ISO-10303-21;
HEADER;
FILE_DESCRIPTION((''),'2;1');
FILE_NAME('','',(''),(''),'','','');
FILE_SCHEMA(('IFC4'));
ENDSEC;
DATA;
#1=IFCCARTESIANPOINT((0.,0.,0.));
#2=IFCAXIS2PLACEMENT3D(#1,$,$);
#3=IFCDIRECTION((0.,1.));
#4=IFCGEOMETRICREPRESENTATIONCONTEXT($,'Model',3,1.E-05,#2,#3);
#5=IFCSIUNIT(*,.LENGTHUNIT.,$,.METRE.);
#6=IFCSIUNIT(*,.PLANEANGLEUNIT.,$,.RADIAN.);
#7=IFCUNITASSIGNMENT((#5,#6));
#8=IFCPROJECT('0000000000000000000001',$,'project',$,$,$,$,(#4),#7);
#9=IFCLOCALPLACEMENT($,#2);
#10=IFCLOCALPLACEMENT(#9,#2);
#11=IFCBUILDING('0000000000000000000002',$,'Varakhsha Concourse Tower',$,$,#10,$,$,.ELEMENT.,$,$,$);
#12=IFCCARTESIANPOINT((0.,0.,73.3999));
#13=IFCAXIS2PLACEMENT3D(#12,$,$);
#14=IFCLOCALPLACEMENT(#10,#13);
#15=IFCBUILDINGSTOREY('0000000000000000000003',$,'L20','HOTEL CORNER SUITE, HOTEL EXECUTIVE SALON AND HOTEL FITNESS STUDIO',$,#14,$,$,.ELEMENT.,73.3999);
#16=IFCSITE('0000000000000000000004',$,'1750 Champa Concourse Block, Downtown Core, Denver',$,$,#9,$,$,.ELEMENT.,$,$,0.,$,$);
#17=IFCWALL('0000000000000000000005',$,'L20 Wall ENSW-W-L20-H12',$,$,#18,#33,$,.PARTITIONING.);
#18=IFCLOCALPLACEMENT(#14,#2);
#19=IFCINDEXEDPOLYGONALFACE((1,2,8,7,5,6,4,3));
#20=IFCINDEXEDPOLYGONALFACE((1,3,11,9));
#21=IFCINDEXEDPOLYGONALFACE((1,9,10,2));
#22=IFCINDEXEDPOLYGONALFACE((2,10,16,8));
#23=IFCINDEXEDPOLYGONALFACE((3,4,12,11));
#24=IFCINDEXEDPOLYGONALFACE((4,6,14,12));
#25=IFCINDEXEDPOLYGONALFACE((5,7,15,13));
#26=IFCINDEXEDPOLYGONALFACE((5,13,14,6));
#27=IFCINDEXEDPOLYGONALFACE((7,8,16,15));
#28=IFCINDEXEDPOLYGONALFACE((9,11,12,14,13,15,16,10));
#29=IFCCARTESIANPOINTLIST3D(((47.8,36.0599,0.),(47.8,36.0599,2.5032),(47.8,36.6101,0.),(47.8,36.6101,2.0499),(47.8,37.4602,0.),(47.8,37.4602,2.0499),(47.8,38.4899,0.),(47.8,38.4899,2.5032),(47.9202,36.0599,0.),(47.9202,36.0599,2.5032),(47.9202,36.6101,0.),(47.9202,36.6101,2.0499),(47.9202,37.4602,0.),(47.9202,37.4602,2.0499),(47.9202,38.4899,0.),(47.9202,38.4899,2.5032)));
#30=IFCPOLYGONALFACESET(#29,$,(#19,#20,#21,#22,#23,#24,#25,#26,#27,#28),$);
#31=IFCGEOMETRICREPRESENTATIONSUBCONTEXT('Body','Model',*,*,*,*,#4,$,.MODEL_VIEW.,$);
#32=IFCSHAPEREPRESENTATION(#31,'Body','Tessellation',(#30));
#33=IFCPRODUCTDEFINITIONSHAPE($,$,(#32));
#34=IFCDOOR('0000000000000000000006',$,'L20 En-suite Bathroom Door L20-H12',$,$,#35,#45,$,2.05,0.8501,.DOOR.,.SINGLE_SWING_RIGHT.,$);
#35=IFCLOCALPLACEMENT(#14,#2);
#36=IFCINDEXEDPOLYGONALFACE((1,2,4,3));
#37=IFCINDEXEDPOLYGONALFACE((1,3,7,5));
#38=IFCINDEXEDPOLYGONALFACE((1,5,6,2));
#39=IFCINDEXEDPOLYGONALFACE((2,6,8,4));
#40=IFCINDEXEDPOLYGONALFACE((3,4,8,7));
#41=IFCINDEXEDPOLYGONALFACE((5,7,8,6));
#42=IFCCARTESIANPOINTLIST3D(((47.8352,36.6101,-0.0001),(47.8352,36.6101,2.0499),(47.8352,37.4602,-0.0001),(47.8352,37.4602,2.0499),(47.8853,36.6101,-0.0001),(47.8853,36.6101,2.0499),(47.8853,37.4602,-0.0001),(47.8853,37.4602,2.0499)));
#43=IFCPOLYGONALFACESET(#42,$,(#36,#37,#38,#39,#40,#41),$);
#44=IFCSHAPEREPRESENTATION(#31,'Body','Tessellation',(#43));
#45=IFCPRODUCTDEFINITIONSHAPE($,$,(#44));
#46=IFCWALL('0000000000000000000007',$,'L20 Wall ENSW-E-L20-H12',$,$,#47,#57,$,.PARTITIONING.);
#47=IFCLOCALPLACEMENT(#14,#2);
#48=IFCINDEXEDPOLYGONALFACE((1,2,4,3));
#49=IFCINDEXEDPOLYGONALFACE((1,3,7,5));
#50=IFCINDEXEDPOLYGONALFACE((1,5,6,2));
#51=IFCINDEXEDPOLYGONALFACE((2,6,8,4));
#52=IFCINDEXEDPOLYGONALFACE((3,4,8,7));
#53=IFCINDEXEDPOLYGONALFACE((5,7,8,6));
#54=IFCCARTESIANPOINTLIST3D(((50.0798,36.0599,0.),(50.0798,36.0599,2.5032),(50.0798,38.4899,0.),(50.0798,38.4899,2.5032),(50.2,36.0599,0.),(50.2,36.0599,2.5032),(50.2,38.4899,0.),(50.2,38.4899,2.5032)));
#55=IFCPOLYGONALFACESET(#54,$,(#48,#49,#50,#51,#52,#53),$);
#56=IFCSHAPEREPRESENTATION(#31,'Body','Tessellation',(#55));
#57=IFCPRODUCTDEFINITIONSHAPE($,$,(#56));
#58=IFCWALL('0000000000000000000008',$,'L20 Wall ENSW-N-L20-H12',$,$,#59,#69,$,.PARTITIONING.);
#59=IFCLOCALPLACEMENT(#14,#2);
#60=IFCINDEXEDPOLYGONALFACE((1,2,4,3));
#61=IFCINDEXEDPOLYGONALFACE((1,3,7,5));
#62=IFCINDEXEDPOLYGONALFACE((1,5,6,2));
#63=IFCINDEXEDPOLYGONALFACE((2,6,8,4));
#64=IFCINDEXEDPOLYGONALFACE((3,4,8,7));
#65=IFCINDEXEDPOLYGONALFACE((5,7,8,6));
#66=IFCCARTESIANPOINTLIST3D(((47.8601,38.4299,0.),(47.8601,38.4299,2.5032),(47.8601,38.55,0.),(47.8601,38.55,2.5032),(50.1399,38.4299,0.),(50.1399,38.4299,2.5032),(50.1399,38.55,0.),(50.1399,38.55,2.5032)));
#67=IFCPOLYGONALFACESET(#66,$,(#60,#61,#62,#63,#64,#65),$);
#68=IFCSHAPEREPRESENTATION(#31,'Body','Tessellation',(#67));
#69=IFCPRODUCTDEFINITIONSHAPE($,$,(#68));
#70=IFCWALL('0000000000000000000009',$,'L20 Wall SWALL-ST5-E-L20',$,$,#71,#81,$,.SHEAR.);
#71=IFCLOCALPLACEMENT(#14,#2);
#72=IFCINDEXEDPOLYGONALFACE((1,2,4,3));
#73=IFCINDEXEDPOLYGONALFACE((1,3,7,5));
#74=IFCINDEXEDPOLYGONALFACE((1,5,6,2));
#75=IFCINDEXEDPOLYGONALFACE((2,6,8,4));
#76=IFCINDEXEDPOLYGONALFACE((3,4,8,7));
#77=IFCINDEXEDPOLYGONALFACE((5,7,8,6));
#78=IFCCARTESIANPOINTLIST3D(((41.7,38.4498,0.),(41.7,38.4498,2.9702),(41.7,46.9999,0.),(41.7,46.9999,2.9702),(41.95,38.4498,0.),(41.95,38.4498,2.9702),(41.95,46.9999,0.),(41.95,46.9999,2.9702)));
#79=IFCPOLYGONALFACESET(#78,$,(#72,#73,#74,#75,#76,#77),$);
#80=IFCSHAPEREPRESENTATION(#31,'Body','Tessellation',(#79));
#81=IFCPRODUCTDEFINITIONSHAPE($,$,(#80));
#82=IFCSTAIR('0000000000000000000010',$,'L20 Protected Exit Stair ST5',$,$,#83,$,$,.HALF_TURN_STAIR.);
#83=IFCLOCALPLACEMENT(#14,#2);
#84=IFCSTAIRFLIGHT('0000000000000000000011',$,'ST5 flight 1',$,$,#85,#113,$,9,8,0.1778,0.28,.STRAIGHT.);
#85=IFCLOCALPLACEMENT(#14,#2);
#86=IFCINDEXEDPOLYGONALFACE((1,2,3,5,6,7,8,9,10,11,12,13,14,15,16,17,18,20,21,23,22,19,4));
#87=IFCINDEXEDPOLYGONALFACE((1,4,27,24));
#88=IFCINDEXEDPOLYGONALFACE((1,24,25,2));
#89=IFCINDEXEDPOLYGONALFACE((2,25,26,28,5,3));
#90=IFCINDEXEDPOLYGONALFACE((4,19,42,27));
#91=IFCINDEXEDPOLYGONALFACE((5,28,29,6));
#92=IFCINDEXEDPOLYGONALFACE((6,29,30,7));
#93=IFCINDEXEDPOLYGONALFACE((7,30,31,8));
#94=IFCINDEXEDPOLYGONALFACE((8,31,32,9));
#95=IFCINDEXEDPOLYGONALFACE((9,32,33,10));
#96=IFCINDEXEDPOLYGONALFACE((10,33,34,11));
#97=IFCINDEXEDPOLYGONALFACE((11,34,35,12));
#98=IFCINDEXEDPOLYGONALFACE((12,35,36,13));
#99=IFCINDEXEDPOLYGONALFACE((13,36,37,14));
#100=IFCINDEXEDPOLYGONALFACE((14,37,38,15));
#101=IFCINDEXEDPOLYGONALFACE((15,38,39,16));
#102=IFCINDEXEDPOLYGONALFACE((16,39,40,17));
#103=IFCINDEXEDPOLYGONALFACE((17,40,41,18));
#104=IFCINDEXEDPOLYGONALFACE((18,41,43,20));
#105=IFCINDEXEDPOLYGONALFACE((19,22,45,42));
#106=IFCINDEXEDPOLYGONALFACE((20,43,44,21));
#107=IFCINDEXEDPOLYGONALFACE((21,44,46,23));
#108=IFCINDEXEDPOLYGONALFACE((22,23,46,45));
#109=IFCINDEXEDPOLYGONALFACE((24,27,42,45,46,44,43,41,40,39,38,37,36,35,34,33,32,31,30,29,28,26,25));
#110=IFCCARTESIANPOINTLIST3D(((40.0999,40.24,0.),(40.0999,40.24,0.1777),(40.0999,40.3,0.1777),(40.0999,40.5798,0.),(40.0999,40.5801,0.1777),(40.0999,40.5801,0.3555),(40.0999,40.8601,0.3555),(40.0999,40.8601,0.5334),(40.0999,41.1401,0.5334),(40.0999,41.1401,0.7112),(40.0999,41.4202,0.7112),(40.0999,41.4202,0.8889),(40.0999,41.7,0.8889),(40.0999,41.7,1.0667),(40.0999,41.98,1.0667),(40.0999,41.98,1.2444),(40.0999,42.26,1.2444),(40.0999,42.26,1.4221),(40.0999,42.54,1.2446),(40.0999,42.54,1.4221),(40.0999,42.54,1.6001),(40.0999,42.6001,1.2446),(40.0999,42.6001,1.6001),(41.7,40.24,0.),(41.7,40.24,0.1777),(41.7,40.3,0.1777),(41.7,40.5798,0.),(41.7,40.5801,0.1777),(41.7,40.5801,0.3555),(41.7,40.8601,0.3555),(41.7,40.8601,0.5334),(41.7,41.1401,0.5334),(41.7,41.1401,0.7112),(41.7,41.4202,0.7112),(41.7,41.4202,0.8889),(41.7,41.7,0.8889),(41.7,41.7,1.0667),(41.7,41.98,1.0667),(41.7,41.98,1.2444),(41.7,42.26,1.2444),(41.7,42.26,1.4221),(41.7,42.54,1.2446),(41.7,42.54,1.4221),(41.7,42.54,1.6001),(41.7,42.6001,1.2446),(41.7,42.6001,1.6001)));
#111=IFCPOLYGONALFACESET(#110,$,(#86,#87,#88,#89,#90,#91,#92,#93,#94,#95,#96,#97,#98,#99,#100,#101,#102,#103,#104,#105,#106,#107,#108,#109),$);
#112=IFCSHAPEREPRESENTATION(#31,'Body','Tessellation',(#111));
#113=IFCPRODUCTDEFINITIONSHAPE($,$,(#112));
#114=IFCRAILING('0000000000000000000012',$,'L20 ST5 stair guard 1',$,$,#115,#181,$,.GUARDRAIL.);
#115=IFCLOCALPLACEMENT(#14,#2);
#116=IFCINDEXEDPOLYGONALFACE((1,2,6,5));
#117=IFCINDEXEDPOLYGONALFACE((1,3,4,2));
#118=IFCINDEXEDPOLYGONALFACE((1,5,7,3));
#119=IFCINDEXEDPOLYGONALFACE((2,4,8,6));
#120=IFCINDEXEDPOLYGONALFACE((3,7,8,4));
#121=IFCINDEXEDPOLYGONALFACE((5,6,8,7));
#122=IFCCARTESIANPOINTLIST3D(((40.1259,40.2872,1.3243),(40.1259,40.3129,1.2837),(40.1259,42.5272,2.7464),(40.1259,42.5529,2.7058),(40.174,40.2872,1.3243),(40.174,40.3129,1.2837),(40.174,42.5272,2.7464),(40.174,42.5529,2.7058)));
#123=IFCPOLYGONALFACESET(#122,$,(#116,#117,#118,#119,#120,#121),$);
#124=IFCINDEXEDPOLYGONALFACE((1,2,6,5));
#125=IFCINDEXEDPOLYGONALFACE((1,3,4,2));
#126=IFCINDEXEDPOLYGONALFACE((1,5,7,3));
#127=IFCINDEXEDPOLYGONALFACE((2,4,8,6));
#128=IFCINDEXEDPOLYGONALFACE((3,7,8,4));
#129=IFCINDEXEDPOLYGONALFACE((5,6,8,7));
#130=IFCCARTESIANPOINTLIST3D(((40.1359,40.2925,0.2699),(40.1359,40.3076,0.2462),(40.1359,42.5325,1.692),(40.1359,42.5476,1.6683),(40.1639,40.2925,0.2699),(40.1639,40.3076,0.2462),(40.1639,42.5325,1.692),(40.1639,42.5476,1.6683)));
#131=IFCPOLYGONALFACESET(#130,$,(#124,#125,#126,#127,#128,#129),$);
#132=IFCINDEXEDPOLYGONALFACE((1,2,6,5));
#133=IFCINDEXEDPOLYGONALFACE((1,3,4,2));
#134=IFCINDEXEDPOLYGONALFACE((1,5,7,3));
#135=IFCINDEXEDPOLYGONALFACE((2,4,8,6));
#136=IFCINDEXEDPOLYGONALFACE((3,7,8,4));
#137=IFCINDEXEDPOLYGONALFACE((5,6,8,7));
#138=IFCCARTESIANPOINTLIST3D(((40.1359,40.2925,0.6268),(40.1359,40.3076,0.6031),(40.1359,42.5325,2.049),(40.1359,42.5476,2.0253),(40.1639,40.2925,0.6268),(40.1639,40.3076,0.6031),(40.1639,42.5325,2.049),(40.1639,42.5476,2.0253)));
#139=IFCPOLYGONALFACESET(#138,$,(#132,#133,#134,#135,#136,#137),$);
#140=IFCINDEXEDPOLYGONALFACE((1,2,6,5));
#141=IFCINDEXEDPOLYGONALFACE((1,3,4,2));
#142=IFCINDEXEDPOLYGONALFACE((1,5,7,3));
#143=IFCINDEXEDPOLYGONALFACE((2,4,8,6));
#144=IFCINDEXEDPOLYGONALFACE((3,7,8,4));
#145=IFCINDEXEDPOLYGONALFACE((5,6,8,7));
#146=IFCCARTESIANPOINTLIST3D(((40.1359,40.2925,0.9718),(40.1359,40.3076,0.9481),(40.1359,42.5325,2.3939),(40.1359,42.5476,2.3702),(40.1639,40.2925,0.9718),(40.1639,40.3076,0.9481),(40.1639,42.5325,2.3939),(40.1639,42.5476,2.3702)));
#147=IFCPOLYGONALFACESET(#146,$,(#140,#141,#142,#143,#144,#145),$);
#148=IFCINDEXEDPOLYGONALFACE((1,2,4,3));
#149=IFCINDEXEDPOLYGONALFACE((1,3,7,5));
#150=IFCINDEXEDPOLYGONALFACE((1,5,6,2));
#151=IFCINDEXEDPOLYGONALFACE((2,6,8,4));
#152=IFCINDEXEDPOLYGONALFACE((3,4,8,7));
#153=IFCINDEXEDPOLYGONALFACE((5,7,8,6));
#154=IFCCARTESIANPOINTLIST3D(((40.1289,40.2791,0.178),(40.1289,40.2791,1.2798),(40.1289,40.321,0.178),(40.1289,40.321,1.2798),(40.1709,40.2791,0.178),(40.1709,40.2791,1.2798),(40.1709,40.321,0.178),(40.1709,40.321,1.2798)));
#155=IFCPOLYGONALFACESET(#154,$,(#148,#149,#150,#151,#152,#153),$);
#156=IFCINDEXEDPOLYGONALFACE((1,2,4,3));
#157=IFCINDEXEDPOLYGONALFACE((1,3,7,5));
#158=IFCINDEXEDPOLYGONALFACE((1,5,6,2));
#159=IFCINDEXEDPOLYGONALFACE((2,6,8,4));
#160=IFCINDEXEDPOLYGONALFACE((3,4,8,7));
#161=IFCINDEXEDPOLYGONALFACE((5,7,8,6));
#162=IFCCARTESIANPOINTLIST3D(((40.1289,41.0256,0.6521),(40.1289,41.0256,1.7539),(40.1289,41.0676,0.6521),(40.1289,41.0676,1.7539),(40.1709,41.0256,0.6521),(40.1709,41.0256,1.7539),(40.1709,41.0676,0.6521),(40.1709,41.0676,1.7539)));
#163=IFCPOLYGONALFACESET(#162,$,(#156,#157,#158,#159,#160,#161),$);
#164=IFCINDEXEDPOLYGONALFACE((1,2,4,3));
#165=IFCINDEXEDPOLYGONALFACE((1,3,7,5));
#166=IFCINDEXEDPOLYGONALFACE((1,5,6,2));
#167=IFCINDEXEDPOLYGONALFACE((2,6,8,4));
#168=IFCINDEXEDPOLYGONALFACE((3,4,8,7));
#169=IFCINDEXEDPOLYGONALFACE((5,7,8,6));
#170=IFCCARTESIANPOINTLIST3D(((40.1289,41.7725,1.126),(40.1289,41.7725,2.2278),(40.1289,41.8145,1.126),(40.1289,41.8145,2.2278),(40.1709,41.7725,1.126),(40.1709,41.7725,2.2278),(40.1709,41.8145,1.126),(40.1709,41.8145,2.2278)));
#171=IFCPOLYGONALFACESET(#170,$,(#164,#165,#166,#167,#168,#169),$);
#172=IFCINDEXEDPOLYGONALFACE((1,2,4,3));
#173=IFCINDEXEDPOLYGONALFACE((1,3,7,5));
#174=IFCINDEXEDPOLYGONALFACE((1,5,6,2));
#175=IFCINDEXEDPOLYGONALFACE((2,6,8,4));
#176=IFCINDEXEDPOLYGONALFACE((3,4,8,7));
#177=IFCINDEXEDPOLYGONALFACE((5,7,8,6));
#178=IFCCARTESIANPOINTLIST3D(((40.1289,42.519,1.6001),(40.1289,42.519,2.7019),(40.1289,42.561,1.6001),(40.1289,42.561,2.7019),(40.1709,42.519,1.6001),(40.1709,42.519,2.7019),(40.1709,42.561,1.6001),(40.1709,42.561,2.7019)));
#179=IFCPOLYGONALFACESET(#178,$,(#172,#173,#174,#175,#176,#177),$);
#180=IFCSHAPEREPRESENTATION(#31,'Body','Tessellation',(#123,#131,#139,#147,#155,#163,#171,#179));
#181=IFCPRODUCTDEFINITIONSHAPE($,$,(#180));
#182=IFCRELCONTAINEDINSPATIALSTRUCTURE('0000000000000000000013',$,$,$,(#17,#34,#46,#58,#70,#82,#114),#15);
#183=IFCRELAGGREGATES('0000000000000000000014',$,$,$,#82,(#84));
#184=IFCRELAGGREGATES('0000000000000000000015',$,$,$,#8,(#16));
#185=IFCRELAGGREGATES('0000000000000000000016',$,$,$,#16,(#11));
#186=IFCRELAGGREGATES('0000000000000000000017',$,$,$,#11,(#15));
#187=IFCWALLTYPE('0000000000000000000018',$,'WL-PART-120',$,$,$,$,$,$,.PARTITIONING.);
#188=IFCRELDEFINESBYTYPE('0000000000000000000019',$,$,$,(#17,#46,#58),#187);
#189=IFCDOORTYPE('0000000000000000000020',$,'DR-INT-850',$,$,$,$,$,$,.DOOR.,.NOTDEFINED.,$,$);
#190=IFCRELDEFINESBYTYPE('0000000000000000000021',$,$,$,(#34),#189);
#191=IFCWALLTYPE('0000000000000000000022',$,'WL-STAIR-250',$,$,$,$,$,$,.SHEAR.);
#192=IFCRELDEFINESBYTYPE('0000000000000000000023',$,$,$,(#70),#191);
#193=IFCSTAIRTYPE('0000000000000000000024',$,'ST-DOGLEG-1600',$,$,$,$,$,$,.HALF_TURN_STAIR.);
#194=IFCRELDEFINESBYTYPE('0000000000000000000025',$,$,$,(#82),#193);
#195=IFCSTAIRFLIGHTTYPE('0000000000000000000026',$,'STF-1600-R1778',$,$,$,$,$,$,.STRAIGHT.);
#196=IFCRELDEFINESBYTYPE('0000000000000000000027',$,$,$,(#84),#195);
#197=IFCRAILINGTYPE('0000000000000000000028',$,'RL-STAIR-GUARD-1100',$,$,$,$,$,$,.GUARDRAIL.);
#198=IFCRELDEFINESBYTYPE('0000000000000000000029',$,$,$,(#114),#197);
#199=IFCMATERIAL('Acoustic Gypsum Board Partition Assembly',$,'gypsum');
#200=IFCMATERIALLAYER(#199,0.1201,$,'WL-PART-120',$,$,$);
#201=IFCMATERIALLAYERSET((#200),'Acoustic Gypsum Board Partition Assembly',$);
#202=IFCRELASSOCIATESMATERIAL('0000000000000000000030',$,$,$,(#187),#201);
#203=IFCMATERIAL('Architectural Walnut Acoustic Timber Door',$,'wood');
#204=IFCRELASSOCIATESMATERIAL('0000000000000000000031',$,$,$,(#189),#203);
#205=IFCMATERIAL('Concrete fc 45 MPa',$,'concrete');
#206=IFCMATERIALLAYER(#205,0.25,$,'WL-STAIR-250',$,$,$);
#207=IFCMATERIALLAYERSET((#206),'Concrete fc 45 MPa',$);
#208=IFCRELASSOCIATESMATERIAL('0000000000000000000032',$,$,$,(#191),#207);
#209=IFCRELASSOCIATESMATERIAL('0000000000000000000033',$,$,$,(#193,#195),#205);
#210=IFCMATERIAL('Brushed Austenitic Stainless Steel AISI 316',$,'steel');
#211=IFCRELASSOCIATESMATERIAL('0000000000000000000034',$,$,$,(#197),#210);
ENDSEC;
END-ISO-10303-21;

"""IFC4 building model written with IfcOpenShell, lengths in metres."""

from ifc_helpers import new_model, si_unit, direction, frame, frame_2d, origin, origin_2d, place, context, subcontext, project, spatial, polyline, rectangle, outline, extrude, material, layer, layer_set, type_object, element, fill, aggregate, save


model = new_model("IFC4")

# Units and contexts
model_context = context("Model", 3, precision=1e-05, world=origin(), true_north=direction((0.0, 1.0)))
body_context = subcontext(model_context, "Body", "Model", "MODEL_VIEW")
ifc_project = project(units=[si_unit("LENGTHUNIT", "METRE"), si_unit("PLANEANGLEUNIT", "RADIAN")], contexts=[model_context])

# Site, building, storey
site_placement = place(None, origin())
site = spatial("IfcSite", under=ifc_project, at=site_placement, Name="1750 Champa Concourse Block, Downtown Core, Denver", CompositionType="ELEMENT", RefElevation=0.0)
building_placement = place(site_placement, origin())
building = spatial("IfcBuilding", under=site, at=building_placement, Name="Varakhsha Concourse Tower", CompositionType="ELEMENT")
storey_placement = place(building_placement, frame((0.0, 0.0, 73.3999)))
storey = spatial("IfcBuildingStorey", under=building, at=storey_placement, Name="L20", Description="HOTEL CORNER SUITE, HOTEL EXECUTIVE SALON AND HOTEL FITNESS STUDIO", CompositionType="ELEMENT", Elevation=73.3999)

# Wall, opening, door
ifc_material_1 = material(Name="Acoustic Gypsum Board Partition Assembly", Category="gypsum")
ifc_layer_1 = layer(ifc_material_1, 0.1201, Name="WL-PART-120")
ifc_layer_set_1 = layer_set([ifc_layer_1], Name="Acoustic Gypsum Board Partition Assembly")
wall_type_1 = type_object("IfcWallType", Name="WL-PART-120", PredefinedType="PARTITIONING", material=ifc_layer_set_1)
ifc_material_2 = material(Name="Architectural Walnut Acoustic Timber Door", Category="wood")
door_type = type_object("IfcDoorType", Name="DR-INT-850", OperationType="NOTDEFINED", PredefinedType="DOOR", material=ifc_material_2)
wall_1_placement = place(storey_placement, frame((47.8601, 36.0601, 0.0), z_axis=(0.0, 0.0, 1.0), x_axis=(0.0, 1.0, 0.0)))
wall_1 = element("IfcWall", 1, at=wall_1_placement, inside=storey, type_object=wall_type_1, Name="L20 Wall ENSW-W-L20-H12", PredefinedType="PARTITIONING", context=body_context, shape_type="SweptSolid", body=[
    extrude(rectangle(XDim=2.4299, YDim=0.1201, at=frame_2d((1.2148, 0.0))), origin(), (0.0, 0.0, 1.0), 2.5032),
])
opening_1_placement = place(wall_1_placement, frame((0.55, 0.0, 0.0)))
opening_1 = element("IfcOpeningElement", 2, at=opening_1_placement, cuts=wall_1, PredefinedType="OPENING", context=body_context, shape_type="SweptSolid", body=[
    extrude(rectangle(XDim=0.8501, YDim=2.05, at=frame_2d((0.425, 1.0249))), frame((0.0, 0.0701, 0.0), z_axis=(0.0, -1.0, 0.0), x_axis=(1.0, 0.0, 0.0)), (0.0, 0.0, 1.0), 0.1401),
])
door_1_placement = place(opening_1_placement, origin())
door_1 = element("IfcDoor", 3, at=door_1_placement, inside=storey, type_object=door_type, Name="L20 En-suite Bathroom Door L20-H12", OperationType="SINGLE_SWING_RIGHT", OverallHeight=2.05, OverallWidth=0.8501, PredefinedType="DOOR", context=body_context, shape_type="SweptSolid", body=[
    extrude(rectangle(XDim=0.8501, YDim=2.05, at=frame_2d((0.425, 1.0249))), frame((0.0, 0.0249, 0.0), z_axis=(0.0, -1.0, 0.0), x_axis=(1.0, 0.0, 0.0)), (0.0, 0.0, 1.0), 0.05),
])
fill(opening_1, door_1)

# Walls
wall_2_placement = place(storey_placement, frame((50.1399, 36.0601, 0.0), z_axis=(0.0, 0.0, 1.0), x_axis=(0.0, 1.0, 0.0)))
element("IfcWall", 4, at=wall_2_placement, inside=storey, type_object=wall_type_1, Name="L20 Wall ENSW-E-L20-H12", PredefinedType="PARTITIONING", context=body_context, shape_type="SweptSolid", body=[
    extrude(rectangle(XDim=2.4299, YDim=0.1201, at=frame_2d((1.2148, 0.0))), origin(), (0.0, 0.0, 1.0), 2.5032),
])
wall_3_placement = place(storey_placement, frame((47.8601, 38.49, 0.0), z_axis=(0.0, 0.0, 1.0), x_axis=(1.0, 0.0, 0.0)))
element("IfcWall", 5, at=wall_3_placement, inside=storey, type_object=wall_type_1, Name="L20 Wall ENSW-N-L20-H12", PredefinedType="PARTITIONING", context=body_context, shape_type="SweptSolid", body=[
    extrude(rectangle(XDim=2.2798, YDim=0.1201, at=frame_2d((1.1399, 0.0))), origin(), (0.0, 0.0, 1.0), 2.5032),
])
ifc_material_3 = material(Name="Concrete fc 45 MPa", Category="concrete")
ifc_layer_2 = layer(ifc_material_3, 0.25, Name="WL-STAIR-250")
ifc_layer_set_2 = layer_set([ifc_layer_2], Name="Concrete fc 45 MPa")
wall_type_2 = type_object("IfcWallType", Name="WL-STAIR-250", PredefinedType="SHEAR", material=ifc_layer_set_2)
wall_4_placement = place(storey_placement, frame((41.825, 38.45, 0.0), z_axis=(0.0, 0.0, 1.0), x_axis=(0.0, 1.0, 0.0)))
element("IfcWall", 6, at=wall_4_placement, inside=storey, type_object=wall_type_2, Name="L20 Wall SWALL-ST5-E-L20", PredefinedType="SHEAR", context=body_context, shape_type="SweptSolid", body=[
    extrude(rectangle(XDim=8.55, YDim=0.25, at=frame_2d((4.2749, 0.0))), origin(), (0.0, 0.0, 1.0), 2.9702),
])

# Stair, stair flight
stair_type = type_object("IfcStairType", Name="ST-DOGLEG-1600", PredefinedType="HALF_TURN_STAIR", material=ifc_material_3)
stair_placement = place(storey_placement, origin())
stair = element("IfcStair", 7, at=stair_placement, inside=storey, type_object=stair_type, Name="L20 Protected Exit Stair ST5", PredefinedType="HALF_TURN_STAIR")
stair_flight_type = type_object("IfcStairFlightType", Name="STF-1600-R1778", PredefinedType="STRAIGHT", material=ifc_material_3)
stair_flight_placement = place(storey_placement, frame((40.8999, 40.3, 0.0), z_axis=(0.0, 0.0, 1.0), x_axis=(0.0, 1.0, 0.0)))
stair_flight = element("IfcStairFlight", 8, at=stair_flight_placement, type_object=stair_flight_type, Name="ST5 flight 1", NumberOfRisers=9, NumberOfTreads=8, PredefinedType="STRAIGHT", RiserHeight=0.1778, TreadLength=0.28, context=body_context, shape_type="SweptSolid", body=[
    extrude(outline(polyline([(-0.0601, 0.0), (-0.0601, 0.1777), (0.0, 0.1777), (0.28, 0.1777), (0.28, 0.3555), (0.5601, 0.3555), (0.5601, 0.5334), (0.8401, 0.5334), (0.8401, 0.7112), (1.1201, 0.7112), (1.1201, 0.8889), (1.3999, 0.8889), (1.3999, 1.0667), (1.6799, 1.0667), (1.6799, 1.2444), (1.96, 1.2444), (1.96, 1.4221), (2.24, 1.4221), (2.24, 1.6001), (2.3, 1.6001), (2.3, 1.2446), (2.24, 1.2446), (0.2798, 0.0), (-0.0601, 0.0)])), frame((0.0, 0.8, 0.0), z_axis=(0.0, -1.0, 0.0), x_axis=(1.0, 0.0, 0.0)), (0.0, 0.0, 1.0), 1.6001),
])
aggregate(stair, [stair_flight])

# Railing
ifc_material_4 = material(Name="Brushed Austenitic Stainless Steel AISI 316", Category="steel")
railing_type_1 = type_object("IfcRailingType", Name="RL-STAIR-GUARD-1100", PredefinedType="GUARDRAIL", material=ifc_material_4)
railing_1_placement = place(storey_placement, frame((40.1499, 40.3, 0.178)))
element("IfcRailing", 9, at=railing_1_placement, inside=storey, type_object=railing_type_1, Name="L20 ST5 stair guard 1", PredefinedType="GUARDRAIL", context=body_context, shape_type="SweptSolid", body=[
    extrude(rectangle(XDim=0.0481, YDim=0.0481, at=origin_2d()), frame((0.0, 0.0, 1.126), z_axis=(0.0, 0.844229, 0.535982), x_axis=(-1.0, 0.0, 0.0)), (0.0, 0.0, 1.0), 2.6533),
    extrude(rectangle(XDim=0.0281, YDim=0.0281, at=origin_2d()), frame((0.0, 0.0, 0.0801), z_axis=(0.0, 0.844229, 0.535982), x_axis=(-1.0, 0.0, 0.0)), (0.0, 0.0, 1.0), 2.6533),
    extrude(rectangle(XDim=0.0281, YDim=0.0281, at=origin_2d()), frame((0.0, 0.0, 0.437), z_axis=(0.0, 0.844229, 0.535982), x_axis=(-1.0, 0.0, 0.0)), (0.0, 0.0, 1.0), 2.6533),
    extrude(rectangle(XDim=0.0281, YDim=0.0281, at=origin_2d()), frame((0.0, 0.0, 0.782), z_axis=(0.0, 0.844229, 0.535982), x_axis=(-1.0, 0.0, 0.0)), (0.0, 0.0, 1.0), 2.6533),
    extrude(rectangle(XDim=0.042, YDim=0.042, at=origin_2d()), origin(), (0.0, 0.0, 1.0), 1.1018),
    extrude(rectangle(XDim=0.042, YDim=0.042, at=origin_2d()), frame((0.0, 0.7466, 0.4741)), (0.0, 0.0, 1.0), 1.1018),
    extrude(rectangle(XDim=0.042, YDim=0.042, at=origin_2d()), frame((0.0, 1.4934, 0.948)), (0.0, 0.0, 1.0), 1.1018),
    extrude(rectangle(XDim=0.042, YDim=0.042, at=origin_2d()), frame((0.0, 2.24, 1.4221)), (0.0, 0.0, 1.0), 1.1018),
])

save(model, "model.ifc")
